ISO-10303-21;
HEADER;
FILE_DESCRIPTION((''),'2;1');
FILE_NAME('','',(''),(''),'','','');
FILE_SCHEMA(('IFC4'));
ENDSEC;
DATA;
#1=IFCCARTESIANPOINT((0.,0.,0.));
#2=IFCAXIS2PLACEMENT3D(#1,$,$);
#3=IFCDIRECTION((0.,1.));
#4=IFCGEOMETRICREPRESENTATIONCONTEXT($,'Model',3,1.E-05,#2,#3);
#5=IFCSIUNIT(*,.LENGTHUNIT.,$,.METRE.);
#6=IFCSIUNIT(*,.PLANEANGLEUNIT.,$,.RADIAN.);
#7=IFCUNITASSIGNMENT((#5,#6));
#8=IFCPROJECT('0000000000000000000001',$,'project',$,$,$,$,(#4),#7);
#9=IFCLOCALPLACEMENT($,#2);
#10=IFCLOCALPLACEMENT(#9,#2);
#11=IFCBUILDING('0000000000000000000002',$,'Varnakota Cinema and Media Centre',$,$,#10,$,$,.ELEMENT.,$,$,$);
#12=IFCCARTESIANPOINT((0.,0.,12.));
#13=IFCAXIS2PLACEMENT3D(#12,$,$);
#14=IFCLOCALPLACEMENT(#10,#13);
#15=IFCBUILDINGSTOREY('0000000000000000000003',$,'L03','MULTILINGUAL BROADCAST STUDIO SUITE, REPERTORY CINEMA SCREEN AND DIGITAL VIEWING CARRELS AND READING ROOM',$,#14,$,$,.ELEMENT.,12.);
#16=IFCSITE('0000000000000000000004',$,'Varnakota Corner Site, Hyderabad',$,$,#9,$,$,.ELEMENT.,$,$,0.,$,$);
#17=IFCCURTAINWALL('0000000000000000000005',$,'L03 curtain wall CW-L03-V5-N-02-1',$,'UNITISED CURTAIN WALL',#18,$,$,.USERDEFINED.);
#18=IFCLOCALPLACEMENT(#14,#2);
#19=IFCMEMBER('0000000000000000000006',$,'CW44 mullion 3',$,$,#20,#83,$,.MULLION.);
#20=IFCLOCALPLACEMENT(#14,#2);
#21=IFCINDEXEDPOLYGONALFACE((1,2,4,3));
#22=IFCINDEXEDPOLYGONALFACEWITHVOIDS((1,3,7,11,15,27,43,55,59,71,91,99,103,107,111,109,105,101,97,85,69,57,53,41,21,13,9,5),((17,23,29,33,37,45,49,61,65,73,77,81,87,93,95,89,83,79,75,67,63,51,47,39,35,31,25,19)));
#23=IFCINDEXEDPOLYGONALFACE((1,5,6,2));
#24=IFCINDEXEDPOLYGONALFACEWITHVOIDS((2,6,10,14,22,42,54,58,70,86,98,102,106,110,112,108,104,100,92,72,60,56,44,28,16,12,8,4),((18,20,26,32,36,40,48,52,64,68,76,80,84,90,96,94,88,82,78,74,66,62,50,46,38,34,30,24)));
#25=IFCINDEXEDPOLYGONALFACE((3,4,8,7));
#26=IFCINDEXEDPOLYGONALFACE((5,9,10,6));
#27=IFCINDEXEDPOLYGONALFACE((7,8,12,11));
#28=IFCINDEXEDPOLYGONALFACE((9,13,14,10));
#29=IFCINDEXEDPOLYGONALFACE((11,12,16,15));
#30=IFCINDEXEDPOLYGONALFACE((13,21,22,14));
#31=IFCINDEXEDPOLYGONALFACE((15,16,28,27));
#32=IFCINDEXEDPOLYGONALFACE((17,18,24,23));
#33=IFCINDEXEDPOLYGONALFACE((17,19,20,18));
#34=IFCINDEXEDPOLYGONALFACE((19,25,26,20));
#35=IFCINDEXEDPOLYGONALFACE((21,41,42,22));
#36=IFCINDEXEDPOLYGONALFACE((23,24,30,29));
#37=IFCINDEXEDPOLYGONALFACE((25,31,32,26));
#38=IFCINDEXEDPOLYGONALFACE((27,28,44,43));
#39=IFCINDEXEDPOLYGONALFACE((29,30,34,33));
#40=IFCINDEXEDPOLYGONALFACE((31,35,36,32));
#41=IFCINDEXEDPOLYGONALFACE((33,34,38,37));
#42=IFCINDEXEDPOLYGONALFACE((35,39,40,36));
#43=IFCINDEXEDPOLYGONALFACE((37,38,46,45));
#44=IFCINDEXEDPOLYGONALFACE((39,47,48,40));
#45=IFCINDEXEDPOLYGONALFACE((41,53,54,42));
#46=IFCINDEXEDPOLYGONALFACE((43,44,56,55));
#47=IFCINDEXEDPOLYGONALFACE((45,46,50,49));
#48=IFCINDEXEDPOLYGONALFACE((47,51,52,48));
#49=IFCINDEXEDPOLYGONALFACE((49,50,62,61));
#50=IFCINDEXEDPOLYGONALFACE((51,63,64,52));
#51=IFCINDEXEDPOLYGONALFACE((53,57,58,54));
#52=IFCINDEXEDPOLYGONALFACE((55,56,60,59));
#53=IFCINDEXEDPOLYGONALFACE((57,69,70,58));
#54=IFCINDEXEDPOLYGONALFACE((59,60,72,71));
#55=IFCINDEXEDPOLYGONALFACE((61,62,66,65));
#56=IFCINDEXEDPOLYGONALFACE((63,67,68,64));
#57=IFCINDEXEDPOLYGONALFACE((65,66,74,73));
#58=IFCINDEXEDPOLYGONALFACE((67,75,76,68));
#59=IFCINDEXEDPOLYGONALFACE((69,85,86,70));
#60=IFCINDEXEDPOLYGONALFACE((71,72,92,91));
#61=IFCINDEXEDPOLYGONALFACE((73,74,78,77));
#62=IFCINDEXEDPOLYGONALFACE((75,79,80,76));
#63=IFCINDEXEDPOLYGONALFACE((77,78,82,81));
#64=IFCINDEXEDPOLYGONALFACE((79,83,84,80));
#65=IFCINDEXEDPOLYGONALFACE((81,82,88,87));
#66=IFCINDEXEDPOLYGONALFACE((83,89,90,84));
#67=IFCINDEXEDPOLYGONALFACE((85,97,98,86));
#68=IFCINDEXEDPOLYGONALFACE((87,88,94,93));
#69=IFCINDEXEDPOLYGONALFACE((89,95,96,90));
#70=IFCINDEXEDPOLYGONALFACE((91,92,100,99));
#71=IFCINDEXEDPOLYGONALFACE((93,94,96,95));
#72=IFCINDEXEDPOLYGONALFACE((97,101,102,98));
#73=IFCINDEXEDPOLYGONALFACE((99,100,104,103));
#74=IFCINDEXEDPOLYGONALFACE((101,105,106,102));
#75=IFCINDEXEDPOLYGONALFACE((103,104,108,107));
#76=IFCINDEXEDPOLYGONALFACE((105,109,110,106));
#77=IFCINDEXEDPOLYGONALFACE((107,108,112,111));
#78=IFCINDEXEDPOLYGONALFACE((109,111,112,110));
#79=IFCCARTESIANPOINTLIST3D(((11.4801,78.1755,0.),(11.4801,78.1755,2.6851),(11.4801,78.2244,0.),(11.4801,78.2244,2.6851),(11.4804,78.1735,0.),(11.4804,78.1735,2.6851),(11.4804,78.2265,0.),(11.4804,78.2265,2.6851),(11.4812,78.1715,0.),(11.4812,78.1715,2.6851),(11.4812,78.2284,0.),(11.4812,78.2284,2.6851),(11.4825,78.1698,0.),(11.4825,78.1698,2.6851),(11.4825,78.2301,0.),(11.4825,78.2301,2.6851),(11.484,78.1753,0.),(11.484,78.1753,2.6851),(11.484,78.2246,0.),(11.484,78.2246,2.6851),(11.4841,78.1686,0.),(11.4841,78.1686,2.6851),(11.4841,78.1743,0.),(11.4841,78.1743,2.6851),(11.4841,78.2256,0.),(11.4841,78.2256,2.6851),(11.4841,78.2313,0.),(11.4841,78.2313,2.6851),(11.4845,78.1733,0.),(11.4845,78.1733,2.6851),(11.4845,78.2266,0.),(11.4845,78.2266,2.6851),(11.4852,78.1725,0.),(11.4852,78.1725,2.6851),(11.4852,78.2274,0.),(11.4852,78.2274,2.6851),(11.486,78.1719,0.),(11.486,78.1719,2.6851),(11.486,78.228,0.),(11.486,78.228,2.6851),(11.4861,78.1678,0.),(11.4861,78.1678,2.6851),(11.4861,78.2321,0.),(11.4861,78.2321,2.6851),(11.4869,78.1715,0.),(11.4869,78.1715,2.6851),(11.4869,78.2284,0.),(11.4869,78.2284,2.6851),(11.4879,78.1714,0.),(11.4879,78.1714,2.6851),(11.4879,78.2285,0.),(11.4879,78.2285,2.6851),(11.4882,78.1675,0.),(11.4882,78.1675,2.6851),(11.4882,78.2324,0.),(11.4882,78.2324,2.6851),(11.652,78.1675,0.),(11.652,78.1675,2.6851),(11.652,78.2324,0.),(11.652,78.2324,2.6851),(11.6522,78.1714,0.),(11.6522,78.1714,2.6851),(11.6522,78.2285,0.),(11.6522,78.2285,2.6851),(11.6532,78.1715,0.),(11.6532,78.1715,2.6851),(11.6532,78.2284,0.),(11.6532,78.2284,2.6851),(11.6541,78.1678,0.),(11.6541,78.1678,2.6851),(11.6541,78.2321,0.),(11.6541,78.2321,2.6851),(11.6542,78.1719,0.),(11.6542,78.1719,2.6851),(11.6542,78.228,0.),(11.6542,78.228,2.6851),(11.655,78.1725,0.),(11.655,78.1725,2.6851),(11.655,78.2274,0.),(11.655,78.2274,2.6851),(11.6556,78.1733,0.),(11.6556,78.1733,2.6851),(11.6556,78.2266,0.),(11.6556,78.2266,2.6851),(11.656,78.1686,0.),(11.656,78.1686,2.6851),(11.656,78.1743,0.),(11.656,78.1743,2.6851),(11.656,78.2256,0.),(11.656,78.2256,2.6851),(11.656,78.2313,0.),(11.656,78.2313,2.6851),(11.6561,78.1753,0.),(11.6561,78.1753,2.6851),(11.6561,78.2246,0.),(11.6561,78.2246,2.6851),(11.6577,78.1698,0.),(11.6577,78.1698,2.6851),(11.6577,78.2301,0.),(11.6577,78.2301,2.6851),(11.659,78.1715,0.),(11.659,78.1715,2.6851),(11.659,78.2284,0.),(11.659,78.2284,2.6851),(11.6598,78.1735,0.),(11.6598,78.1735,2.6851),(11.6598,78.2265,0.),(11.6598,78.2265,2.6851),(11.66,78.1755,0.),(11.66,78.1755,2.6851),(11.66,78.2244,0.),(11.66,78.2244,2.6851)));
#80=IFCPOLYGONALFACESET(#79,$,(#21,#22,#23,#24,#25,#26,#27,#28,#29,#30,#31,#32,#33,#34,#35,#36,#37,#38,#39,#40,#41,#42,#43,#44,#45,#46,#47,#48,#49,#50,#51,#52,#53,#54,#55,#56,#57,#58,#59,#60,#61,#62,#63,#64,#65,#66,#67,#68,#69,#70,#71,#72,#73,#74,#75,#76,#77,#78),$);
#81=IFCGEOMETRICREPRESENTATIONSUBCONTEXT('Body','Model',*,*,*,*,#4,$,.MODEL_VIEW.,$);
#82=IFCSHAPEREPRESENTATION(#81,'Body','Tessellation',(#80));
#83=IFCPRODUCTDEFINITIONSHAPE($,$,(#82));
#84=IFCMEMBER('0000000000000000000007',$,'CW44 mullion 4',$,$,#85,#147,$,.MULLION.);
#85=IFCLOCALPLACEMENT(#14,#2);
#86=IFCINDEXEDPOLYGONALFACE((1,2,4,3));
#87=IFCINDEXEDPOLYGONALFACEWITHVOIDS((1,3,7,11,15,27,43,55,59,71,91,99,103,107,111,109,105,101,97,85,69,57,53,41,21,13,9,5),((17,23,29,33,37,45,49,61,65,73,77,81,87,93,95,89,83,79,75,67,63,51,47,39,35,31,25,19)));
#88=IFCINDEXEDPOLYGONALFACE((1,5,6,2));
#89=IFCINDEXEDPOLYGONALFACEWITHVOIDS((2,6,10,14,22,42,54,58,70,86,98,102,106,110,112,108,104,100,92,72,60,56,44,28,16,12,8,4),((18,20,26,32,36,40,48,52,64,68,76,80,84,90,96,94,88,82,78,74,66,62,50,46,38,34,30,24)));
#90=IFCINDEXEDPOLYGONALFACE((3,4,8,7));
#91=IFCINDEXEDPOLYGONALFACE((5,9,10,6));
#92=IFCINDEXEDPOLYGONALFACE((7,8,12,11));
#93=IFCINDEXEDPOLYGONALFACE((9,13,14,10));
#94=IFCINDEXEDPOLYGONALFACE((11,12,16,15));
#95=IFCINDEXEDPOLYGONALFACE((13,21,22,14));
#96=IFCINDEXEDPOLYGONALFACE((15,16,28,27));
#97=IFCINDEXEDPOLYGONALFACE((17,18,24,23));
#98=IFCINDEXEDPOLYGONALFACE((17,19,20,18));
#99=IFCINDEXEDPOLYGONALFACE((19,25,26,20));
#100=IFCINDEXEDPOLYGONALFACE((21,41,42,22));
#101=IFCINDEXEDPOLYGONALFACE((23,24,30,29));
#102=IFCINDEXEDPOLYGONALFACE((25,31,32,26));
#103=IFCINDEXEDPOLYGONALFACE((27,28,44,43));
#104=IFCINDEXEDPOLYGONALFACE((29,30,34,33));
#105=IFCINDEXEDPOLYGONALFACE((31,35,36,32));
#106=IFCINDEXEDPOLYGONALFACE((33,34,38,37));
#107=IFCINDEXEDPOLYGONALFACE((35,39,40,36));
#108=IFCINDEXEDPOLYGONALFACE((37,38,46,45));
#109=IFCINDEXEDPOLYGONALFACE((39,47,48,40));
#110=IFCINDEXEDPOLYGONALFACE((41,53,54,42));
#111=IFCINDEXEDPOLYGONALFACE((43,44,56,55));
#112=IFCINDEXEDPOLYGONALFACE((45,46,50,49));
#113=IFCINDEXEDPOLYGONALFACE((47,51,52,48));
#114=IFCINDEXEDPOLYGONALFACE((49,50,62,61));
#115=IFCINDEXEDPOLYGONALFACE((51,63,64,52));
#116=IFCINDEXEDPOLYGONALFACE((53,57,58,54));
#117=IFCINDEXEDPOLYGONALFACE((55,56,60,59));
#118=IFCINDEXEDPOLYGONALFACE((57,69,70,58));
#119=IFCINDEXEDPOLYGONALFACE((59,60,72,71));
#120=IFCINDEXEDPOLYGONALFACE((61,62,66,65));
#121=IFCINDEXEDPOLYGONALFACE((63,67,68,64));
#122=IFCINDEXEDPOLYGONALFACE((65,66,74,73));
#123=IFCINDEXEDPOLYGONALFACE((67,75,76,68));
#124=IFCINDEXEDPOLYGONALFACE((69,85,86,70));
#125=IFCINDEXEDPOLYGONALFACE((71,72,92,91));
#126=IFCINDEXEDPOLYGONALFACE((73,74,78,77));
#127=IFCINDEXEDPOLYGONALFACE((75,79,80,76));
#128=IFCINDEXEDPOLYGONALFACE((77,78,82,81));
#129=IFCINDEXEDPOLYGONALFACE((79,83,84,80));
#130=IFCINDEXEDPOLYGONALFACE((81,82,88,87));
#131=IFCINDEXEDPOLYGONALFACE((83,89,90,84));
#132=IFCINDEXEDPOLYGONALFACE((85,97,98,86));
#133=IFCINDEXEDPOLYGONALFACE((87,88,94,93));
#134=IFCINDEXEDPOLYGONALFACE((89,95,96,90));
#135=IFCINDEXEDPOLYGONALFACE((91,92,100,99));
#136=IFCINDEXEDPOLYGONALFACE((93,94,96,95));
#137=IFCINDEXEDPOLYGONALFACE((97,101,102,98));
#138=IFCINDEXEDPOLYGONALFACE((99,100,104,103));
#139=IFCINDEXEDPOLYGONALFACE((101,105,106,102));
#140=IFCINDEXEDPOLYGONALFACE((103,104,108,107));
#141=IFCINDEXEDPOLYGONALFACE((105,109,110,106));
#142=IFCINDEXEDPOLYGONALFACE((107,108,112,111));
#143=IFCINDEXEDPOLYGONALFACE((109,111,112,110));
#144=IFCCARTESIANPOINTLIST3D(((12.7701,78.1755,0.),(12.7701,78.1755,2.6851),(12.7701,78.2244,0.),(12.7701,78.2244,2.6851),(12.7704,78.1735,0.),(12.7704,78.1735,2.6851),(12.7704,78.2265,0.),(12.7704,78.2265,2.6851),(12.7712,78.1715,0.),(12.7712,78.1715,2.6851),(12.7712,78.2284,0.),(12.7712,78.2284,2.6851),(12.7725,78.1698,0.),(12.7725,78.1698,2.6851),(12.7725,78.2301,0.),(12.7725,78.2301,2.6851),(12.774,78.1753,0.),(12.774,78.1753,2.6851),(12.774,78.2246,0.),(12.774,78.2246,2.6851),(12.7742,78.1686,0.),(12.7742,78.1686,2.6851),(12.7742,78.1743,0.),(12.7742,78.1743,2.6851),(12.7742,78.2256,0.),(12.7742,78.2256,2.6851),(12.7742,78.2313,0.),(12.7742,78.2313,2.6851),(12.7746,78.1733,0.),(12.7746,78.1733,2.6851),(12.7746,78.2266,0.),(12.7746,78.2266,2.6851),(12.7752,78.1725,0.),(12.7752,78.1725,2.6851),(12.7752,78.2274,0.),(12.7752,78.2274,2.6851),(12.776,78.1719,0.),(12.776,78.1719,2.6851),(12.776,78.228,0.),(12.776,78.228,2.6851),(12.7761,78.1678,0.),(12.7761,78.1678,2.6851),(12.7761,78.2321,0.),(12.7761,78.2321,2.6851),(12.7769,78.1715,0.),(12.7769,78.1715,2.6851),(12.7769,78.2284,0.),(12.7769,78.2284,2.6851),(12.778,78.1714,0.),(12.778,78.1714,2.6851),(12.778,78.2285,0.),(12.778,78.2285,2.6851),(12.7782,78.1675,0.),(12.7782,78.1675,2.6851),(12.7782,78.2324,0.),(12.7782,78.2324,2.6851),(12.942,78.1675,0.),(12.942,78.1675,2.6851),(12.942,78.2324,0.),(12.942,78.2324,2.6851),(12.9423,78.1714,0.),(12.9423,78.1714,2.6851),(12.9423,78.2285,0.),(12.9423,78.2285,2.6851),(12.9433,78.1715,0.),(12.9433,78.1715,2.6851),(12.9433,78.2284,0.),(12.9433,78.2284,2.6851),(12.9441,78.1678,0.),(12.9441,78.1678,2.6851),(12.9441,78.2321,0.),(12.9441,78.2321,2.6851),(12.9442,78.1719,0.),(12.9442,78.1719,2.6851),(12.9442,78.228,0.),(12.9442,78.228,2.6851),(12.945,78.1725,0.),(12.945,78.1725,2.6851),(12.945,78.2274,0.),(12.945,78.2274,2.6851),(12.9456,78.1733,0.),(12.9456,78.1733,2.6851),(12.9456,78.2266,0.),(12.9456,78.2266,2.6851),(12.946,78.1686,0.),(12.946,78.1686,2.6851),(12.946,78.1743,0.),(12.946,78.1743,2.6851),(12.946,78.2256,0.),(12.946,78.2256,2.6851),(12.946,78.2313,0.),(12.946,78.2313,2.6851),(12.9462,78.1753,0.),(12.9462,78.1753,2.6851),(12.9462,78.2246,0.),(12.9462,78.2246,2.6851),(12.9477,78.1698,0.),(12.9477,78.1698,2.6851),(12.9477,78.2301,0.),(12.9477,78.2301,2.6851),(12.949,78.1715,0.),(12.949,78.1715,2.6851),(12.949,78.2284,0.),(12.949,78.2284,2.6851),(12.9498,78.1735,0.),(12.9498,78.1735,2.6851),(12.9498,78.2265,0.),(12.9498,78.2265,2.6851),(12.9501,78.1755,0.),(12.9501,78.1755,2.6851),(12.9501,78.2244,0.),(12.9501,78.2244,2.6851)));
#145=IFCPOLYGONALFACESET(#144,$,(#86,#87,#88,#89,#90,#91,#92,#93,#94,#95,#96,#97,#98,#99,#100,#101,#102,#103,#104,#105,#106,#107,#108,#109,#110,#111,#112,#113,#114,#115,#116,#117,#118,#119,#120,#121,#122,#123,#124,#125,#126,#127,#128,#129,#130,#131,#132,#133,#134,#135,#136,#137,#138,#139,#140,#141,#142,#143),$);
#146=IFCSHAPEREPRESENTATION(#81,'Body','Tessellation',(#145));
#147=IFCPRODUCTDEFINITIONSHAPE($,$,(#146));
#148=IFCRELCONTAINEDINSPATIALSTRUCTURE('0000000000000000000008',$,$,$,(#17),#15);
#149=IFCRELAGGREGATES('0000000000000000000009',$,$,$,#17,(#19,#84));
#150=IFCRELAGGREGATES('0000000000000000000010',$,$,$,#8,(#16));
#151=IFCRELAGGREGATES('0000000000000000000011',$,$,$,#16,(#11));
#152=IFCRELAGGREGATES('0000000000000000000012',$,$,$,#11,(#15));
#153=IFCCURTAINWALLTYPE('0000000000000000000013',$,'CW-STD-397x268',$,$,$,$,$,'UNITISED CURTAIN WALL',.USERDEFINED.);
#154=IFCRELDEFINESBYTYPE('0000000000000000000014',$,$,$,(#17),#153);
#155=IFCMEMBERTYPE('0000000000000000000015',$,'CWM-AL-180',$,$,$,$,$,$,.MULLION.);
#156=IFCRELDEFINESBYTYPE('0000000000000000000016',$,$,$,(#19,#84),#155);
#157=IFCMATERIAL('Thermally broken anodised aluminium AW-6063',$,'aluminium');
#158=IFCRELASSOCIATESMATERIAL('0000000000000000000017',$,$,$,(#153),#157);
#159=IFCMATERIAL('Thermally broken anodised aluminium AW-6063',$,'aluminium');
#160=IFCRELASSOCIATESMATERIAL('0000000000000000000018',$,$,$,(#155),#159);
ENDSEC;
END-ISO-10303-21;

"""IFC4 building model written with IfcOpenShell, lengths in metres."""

from ifc_helpers import new_model, si_unit, direction, frame, origin, origin_2d, place, context, subcontext, project, spatial, hollow_rectangle, extrude, material, material_profile, profile_set, type_object, element, aggregate, save


model = new_model("IFC4")

# Units and contexts
model_context = context("Model", 3, precision=1e-05, world=origin(), true_north=direction((0.0, 1.0)))
body_context = subcontext(model_context, "Body", "Model", "MODEL_VIEW")
ifc_project = project(units=[si_unit("LENGTHUNIT", "METRE"), si_unit("PLANEANGLEUNIT", "RADIAN")], contexts=[model_context])

# Site, building, storey
site_placement = place(None, origin())
site = spatial("IfcSite", under=ifc_project, at=site_placement, Name="Varnakota Corner Site, Hyderabad", CompositionType="ELEMENT", RefElevation=0.0)
building_placement = place(site_placement, origin())
building = spatial("IfcBuilding", under=site, at=building_placement, Name="Varnakota Cinema and Media Centre", CompositionType="ELEMENT")
storey_placement = place(building_placement, frame((0.0, 0.0, 12.0)))
storey = spatial("IfcBuildingStorey", under=building, at=storey_placement, Name="L03", Description="MULTILINGUAL BROADCAST STUDIO SUITE, REPERTORY CINEMA SCREEN AND DIGITAL VIEWING CARRELS AND READING ROOM", CompositionType="ELEMENT", Elevation=12.0)

# Curtain wall, members
ifc_material_1 = material(Name="Thermally broken anodised aluminium AW-6063", Category="aluminium")
curtain_wall_type = type_object("IfcCurtainWallType", Name="CW-STD-397x268", ElementType="UNITISED CURTAIN WALL", PredefinedType="USERDEFINED", material=ifc_material_1)
curtain_wall_1_placement = place(storey_placement, origin())
curtain_wall_1 = element("IfcCurtainWall", 1, at=curtain_wall_1_placement, inside=storey, type_object=curtain_wall_type, Name="L03 curtain wall CW-L03-V5-N-02-1", ObjectType="UNITISED CURTAIN WALL", PredefinedType="USERDEFINED")
ifc_material_2 = material(Name="Thermally broken anodised aluminium AW-6063", Category="aluminium")
ifc_material_profile_1 = material_profile(ifc_material_2, hollow_rectangle(XDim=0.0649, YDim=0.1799, WallThickness=0.0039, InnerFilletRadius=0.0039, OuterFilletRadius=0.0081, at=origin_2d()), Name="AL-MULLION 180x65x4")
ifc_profile_set_1 = profile_set([ifc_material_profile_1], Name="Thermally broken anodised aluminium AW-6063")
member_type_1 = type_object("IfcMemberType", Name="CWM-AL-180", PredefinedType="MULLION", material=ifc_profile_set_1)
member_1_placement = place(storey_placement, frame((11.5701, 78.2, 0.0), z_axis=(0.0, 0.0, 1.0), x_axis=(0.0, 1.0, 0.0)))
member_1 = element("IfcMember", 2, at=member_1_placement, type_object=member_type_1, Name="CW44 mullion 3", PredefinedType="MULLION", context=body_context, shape_type="SweptSolid", body=[
    extrude(hollow_rectangle(XDim=0.0649, YDim=0.1799, WallThickness=0.0039, InnerFilletRadius=0.0039, OuterFilletRadius=0.0081, at=origin_2d()), origin(), (0.0, 0.0, 1.0), 2.6851),
])
member_2_placement = place(storey_placement, frame((12.8601, 78.2, 0.0), z_axis=(0.0, 0.0, 1.0), x_axis=(0.0, 1.0, 0.0)))
member_2 = element("IfcMember", 3, at=member_2_placement, type_object=member_type_1, Name="CW44 mullion 4", PredefinedType="MULLION", context=body_context, shape_type="SweptSolid", body=[
    extrude(hollow_rectangle(XDim=0.0649, YDim=0.1799, WallThickness=0.0039, InnerFilletRadius=0.0039, OuterFilletRadius=0.0081, at=origin_2d()), origin(), (0.0, 0.0, 1.0), 2.6851),
])

aggregate(curtain_wall_1, [member_1, member_2])

save(model, "model.ifc")
